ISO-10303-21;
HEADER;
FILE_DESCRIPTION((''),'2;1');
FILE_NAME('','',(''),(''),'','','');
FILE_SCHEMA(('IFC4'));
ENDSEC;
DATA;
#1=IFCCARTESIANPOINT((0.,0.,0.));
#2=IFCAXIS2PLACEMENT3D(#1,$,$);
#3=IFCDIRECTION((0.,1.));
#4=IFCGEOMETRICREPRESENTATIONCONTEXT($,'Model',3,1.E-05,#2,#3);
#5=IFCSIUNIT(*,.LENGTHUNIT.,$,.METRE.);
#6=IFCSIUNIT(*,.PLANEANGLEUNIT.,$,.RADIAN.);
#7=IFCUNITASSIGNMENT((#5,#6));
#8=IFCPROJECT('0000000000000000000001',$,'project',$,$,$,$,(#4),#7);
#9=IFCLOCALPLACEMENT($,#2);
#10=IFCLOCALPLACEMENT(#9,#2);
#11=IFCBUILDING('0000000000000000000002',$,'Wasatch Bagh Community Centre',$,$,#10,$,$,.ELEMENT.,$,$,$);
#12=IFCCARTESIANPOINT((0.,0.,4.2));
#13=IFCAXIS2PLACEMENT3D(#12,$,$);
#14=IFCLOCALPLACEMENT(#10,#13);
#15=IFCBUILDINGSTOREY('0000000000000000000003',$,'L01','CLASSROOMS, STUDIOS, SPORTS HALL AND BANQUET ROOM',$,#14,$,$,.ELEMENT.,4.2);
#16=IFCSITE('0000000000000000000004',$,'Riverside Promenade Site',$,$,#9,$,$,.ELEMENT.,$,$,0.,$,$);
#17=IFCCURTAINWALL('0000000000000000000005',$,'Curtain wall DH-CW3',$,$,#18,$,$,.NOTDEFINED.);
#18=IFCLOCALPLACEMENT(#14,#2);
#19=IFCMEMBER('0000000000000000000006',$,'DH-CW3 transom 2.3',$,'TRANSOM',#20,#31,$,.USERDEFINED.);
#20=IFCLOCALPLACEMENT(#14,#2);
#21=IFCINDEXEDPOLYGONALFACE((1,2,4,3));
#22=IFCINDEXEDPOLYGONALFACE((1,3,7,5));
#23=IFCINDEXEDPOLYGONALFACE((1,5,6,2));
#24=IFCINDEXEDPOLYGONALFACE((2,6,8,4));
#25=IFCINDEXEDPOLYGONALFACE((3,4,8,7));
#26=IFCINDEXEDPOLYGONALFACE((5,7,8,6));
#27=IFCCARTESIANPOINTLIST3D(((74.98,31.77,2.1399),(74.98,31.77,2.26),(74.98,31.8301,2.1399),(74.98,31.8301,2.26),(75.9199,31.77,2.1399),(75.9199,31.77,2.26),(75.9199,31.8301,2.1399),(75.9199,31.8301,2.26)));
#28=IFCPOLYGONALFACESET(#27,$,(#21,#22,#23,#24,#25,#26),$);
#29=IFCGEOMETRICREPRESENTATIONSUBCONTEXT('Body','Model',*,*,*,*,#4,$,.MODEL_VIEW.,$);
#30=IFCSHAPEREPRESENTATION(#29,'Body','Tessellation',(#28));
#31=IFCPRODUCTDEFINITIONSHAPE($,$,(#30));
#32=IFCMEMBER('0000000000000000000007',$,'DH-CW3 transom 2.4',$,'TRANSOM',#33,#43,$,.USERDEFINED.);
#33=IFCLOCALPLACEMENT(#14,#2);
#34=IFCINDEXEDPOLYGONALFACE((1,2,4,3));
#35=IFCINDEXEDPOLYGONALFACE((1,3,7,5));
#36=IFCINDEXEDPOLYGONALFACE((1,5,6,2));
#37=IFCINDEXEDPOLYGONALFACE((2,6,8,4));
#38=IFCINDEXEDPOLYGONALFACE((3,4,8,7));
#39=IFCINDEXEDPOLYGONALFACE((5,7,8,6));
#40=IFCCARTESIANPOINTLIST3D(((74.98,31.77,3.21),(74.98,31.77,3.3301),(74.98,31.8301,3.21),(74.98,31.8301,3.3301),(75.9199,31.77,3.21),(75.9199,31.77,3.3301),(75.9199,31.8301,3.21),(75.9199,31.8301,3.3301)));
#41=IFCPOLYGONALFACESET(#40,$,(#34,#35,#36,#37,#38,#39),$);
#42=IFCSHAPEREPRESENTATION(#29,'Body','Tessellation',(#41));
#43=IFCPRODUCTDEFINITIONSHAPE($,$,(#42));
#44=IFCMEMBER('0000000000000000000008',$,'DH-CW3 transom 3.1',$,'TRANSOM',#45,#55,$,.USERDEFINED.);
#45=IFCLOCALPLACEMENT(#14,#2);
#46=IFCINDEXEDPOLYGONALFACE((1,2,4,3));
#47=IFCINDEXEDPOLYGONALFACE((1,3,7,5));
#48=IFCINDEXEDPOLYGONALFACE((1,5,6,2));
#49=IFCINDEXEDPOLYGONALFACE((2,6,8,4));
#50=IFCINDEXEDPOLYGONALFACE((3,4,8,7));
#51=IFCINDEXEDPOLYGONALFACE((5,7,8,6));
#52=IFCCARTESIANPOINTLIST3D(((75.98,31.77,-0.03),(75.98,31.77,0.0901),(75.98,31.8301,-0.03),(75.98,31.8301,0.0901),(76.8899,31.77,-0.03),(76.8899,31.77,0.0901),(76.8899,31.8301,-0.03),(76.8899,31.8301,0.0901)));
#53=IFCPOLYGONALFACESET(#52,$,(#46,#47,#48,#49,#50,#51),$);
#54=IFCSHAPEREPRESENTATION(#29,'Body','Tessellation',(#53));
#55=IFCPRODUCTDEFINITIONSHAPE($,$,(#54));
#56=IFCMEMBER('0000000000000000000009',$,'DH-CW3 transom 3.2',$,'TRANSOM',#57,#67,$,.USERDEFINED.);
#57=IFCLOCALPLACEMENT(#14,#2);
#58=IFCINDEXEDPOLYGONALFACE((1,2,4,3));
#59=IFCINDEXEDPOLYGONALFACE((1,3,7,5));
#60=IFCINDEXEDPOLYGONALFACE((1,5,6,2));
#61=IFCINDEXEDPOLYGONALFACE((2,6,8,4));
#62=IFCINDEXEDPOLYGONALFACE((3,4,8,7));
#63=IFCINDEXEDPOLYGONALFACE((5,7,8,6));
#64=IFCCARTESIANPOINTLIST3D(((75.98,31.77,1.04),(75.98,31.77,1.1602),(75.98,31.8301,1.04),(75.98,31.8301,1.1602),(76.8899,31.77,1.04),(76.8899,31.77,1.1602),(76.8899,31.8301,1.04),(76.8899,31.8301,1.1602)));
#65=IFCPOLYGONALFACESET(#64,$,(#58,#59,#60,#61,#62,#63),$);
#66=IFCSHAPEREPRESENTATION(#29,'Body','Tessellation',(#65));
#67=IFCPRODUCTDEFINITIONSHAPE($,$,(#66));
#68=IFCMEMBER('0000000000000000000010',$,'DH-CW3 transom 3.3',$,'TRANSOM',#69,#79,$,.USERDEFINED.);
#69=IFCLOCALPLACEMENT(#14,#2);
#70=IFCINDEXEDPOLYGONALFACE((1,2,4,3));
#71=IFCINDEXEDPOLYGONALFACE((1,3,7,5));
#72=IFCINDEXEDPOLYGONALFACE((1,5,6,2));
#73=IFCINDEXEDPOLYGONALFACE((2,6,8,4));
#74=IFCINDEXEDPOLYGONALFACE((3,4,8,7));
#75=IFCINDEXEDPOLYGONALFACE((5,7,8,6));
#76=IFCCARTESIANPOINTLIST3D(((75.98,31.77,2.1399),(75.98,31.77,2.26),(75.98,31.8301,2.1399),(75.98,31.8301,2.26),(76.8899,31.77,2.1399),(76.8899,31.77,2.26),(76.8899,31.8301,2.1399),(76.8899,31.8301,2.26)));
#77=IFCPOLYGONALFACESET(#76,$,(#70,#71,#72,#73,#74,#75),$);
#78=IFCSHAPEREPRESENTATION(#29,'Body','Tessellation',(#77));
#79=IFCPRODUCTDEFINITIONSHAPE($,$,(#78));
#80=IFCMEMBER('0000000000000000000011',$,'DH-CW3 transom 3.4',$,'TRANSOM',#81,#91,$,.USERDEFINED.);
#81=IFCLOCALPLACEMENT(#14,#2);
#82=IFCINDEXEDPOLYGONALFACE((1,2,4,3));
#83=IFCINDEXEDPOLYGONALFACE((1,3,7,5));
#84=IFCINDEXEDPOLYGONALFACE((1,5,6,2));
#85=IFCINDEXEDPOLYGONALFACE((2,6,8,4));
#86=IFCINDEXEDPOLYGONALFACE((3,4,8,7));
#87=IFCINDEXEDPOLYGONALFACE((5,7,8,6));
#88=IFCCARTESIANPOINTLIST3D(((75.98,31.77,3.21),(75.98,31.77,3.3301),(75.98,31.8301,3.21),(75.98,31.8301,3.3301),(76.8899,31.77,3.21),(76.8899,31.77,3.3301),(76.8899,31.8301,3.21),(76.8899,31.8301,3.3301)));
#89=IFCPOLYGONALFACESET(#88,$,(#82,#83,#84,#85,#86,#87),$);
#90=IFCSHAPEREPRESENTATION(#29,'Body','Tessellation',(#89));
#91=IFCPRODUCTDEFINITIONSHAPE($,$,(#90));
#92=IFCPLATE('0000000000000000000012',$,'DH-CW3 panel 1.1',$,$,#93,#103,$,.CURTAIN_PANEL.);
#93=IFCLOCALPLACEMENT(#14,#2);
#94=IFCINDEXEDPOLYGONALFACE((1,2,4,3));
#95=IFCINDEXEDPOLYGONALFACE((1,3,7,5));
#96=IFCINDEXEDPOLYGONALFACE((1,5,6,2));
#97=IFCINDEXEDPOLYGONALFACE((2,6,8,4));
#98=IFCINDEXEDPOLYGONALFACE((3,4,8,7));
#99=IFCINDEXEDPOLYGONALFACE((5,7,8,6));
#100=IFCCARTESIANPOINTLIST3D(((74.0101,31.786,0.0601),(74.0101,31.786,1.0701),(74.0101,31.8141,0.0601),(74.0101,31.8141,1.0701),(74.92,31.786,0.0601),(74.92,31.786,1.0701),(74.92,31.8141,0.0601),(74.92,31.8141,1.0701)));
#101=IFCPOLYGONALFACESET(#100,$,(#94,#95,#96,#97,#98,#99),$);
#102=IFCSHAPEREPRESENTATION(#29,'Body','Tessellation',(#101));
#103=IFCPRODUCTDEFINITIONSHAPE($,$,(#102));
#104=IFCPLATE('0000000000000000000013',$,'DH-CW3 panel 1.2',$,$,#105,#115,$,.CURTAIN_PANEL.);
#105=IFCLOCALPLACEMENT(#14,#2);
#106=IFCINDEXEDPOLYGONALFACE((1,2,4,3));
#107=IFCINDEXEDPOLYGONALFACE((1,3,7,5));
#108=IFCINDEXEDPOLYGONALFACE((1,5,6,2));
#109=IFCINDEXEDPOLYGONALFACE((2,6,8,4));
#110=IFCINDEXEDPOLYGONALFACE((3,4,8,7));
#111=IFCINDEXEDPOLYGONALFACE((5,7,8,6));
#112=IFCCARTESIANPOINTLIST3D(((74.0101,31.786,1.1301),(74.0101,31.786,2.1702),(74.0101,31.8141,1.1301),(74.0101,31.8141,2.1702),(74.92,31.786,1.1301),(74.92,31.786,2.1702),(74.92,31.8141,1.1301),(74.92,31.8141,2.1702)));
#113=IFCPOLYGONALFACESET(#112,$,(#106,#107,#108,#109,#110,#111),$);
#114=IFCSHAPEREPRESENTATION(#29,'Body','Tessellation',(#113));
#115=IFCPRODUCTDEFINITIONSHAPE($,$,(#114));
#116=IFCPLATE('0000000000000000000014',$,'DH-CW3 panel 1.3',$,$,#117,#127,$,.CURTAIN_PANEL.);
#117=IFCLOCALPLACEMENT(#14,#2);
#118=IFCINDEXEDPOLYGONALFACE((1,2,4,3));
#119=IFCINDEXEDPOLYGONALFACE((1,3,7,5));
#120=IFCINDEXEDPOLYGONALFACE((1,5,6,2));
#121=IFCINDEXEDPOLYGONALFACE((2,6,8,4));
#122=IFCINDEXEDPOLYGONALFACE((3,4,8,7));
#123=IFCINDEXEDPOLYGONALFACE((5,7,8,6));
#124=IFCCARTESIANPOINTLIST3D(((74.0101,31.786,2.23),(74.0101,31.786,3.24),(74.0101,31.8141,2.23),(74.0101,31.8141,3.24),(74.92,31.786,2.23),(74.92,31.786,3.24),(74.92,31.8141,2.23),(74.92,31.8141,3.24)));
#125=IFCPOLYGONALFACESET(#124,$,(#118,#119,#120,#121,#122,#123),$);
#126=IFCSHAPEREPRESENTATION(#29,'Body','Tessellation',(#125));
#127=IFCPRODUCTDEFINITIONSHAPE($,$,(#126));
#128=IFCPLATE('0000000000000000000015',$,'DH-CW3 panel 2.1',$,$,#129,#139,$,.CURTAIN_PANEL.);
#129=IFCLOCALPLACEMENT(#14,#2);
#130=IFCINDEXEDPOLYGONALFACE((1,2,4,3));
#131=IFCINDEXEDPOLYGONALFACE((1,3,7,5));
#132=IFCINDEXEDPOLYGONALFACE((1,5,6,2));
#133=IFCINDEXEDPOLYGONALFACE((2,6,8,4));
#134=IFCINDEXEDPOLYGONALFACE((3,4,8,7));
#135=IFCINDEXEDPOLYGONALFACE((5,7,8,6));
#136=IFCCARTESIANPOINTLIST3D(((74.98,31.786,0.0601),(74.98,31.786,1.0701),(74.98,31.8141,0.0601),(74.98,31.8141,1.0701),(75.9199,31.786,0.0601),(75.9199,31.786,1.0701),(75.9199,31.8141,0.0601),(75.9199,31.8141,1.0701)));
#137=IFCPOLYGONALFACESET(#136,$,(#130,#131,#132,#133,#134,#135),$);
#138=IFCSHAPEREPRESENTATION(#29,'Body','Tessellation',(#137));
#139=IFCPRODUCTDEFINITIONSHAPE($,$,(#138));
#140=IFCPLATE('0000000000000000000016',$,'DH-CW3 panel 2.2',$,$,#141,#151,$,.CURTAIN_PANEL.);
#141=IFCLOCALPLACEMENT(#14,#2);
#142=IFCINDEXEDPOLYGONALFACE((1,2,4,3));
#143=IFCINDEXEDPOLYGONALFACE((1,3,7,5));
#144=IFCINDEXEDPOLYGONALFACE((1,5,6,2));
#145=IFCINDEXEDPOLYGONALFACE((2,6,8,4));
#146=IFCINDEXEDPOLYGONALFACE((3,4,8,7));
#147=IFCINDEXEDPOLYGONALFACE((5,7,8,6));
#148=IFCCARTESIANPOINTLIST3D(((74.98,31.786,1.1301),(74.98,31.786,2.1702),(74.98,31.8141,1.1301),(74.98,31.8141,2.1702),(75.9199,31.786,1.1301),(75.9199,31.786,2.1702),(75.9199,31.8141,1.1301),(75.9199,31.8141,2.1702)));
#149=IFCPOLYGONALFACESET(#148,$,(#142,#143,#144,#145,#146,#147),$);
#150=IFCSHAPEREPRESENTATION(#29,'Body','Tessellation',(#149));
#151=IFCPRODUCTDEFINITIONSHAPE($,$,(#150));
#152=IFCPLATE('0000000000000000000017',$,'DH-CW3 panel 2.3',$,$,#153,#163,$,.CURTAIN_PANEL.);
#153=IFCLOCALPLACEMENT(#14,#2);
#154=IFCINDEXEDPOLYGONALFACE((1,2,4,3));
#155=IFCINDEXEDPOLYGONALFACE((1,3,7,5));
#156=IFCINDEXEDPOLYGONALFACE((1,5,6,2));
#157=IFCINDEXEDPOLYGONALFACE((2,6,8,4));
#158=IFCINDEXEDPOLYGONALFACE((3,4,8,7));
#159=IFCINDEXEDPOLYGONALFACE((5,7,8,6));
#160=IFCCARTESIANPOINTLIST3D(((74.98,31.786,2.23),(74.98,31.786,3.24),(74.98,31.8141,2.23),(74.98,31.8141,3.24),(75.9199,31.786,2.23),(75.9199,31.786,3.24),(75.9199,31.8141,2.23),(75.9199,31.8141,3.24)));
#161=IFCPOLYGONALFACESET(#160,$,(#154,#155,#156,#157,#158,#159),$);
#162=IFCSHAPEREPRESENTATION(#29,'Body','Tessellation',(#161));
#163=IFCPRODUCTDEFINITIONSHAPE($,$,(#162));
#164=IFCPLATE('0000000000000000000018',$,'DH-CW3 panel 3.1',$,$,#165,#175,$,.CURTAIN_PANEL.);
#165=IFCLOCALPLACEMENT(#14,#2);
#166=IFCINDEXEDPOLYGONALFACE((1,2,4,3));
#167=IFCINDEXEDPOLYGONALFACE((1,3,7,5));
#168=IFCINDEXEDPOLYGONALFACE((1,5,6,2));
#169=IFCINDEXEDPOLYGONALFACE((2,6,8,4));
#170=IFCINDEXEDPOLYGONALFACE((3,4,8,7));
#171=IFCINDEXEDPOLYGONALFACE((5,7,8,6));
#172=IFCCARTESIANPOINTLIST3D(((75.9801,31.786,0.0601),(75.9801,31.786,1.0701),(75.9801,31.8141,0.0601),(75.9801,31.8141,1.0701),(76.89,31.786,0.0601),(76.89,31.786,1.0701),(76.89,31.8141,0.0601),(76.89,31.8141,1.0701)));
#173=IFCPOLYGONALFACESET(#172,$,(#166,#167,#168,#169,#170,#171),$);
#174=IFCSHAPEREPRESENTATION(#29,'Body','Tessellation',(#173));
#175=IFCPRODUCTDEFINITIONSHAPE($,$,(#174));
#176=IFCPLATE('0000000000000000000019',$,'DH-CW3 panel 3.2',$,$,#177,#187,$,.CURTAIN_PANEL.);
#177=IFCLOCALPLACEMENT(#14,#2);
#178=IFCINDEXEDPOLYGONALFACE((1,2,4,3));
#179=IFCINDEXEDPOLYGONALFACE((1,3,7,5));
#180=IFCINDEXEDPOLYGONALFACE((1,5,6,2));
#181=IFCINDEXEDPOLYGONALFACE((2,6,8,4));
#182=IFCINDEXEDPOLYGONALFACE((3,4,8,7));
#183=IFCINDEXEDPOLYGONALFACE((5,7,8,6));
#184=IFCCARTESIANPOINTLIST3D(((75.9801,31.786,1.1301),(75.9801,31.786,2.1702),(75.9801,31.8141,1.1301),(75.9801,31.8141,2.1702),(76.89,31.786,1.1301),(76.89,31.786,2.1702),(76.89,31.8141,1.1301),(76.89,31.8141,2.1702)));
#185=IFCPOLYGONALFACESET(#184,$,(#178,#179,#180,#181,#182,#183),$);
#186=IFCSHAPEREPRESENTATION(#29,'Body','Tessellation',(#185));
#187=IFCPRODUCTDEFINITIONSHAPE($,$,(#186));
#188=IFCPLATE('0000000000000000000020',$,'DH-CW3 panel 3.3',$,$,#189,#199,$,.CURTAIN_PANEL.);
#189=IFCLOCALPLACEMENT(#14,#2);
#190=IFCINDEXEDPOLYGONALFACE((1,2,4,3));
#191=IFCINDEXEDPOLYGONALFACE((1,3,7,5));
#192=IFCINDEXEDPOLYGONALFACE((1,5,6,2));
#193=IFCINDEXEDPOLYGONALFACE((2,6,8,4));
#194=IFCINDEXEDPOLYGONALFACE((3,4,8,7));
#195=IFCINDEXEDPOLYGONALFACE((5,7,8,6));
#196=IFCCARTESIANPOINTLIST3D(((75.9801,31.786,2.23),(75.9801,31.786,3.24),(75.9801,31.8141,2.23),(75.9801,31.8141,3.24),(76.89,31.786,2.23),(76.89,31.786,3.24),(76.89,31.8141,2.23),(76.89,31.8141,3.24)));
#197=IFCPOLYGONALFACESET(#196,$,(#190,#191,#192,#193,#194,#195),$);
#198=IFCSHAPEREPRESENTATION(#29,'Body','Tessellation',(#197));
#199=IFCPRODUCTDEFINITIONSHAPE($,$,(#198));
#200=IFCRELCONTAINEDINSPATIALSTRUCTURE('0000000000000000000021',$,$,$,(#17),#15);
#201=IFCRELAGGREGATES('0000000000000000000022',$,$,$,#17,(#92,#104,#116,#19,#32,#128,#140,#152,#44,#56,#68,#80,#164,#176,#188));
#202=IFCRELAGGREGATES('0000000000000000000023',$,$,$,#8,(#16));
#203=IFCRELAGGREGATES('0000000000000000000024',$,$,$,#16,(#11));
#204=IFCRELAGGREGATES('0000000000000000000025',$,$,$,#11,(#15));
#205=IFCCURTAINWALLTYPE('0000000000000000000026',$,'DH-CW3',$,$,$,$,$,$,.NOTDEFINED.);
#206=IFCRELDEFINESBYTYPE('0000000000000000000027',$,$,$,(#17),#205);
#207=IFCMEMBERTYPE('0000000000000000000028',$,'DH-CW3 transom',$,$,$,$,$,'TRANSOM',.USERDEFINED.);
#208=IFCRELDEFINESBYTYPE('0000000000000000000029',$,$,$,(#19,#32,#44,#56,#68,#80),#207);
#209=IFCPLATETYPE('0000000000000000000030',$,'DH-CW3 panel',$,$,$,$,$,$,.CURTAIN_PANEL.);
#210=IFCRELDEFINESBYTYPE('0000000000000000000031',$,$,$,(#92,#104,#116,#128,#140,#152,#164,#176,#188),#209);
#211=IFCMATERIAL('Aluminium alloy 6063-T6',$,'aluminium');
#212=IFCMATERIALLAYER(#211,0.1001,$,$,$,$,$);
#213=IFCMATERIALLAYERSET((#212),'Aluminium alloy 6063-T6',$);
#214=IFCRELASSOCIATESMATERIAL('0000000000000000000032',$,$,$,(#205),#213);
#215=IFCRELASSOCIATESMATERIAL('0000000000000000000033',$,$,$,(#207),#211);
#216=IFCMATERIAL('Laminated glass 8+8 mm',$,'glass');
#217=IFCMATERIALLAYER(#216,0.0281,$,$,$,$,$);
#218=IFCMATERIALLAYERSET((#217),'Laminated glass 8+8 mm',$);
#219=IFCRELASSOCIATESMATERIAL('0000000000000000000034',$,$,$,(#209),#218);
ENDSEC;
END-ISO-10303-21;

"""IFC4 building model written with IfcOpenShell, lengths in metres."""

from ifc_helpers import new_model, si_unit, direction, frame, origin, origin_2d, place, context, subcontext, project, spatial, rectangle, extrude, material, layer, layer_set, material_profile, profile_set, type_object, element, aggregate, save


model = new_model("IFC4")

# Units and contexts
model_context = context("Model", 3, precision=1e-05, world=origin(), true_north=direction((0.0, 1.0)))
body_context = subcontext(model_context, "Body", "Model", "MODEL_VIEW")
ifc_project = project(units=[si_unit("LENGTHUNIT", "METRE"), si_unit("PLANEANGLEUNIT", "RADIAN")], contexts=[model_context])

# Site, building, storey
site_placement = place(None, origin())
site = spatial("IfcSite", under=ifc_project, at=site_placement, Name="Riverside Promenade Site", CompositionType="ELEMENT", RefElevation=0.0)
building_placement = place(site_placement, origin())
building = spatial("IfcBuilding", under=site, at=building_placement, Name="Wasatch Bagh Community Centre", CompositionType="ELEMENT")
storey_placement = place(building_placement, frame((0.0, 0.0, 4.2)))
storey = spatial("IfcBuildingStorey", under=building, at=storey_placement, Name="L01", Description="CLASSROOMS, STUDIOS, SPORTS HALL AND BANQUET ROOM", CompositionType="ELEMENT", Elevation=4.2)

# Shared definitions
ifc_material_1 = material(Name="Aluminium alloy 6063-T6", Category="aluminium")

# Curtain wall, members, plates
ifc_layer_1 = layer(ifc_material_1, 0.1001)
ifc_layer_set_1 = layer_set([ifc_layer_1], Name="Aluminium alloy 6063-T6")
curtain_wall_type_1 = type_object("IfcCurtainWallType", Name="DH-CW3", PredefinedType="NOTDEFINED", material=ifc_layer_set_1)
curtain_wall_1_placement = place(storey_placement, origin())
curtain_wall_1 = element("IfcCurtainWall", 1, at=curtain_wall_1_placement, inside=storey, type_object=curtain_wall_type_1, Name="Curtain wall DH-CW3", PredefinedType="NOTDEFINED")
ifc_material_profile_1 = material_profile(ifc_material_1, rectangle(XDim=0.0601, YDim=0.1201, at=origin_2d()), Name="AL 60x120")
ifc_profile_set_1 = profile_set([ifc_material_profile_1], Name="Aluminium alloy 6063-T6")
member_type_1 = type_object("IfcMemberType", Name="DH-CW3 transom", ElementType="TRANSOM", PredefinedType="USERDEFINED", material=ifc_profile_set_1)
member_1_placement = place(storey_placement, frame((74.98, 31.8, 2.2), z_axis=(1.0, 0.0, 0.0), x_axis=(0.0, 1.0, 0.0)))
member_1 = element("IfcMember", 2, at=member_1_placement, type_object=member_type_1, Name="DH-CW3 transom 2.3", ObjectType="TRANSOM", PredefinedType="USERDEFINED", context=body_context, shape_type="SweptSolid", body=[
    extrude(rectangle(XDim=0.0601, YDim=0.1201, at=origin_2d()), origin(), (0.0, 0.0, 1.0), 0.9399),
])
member_2_placement = place(storey_placement, frame((74.98, 31.8, 3.27), z_axis=(1.0, 0.0, 0.0), x_axis=(0.0, 1.0, 0.0)))
member_2 = element("IfcMember", 3, at=member_2_placement, type_object=member_type_1, Name="DH-CW3 transom 2.4", ObjectType="TRANSOM", PredefinedType="USERDEFINED", context=body_context, shape_type="SweptSolid", body=[
    extrude(rectangle(XDim=0.0601, YDim=0.1201, at=origin_2d()), origin(), (0.0, 0.0, 1.0), 0.9399),
])
member_3_placement = place(storey_placement, frame((75.98, 31.8, 0.03), z_axis=(1.0, 0.0, 0.0), x_axis=(0.0, 1.0, 0.0)))
member_3 = element("IfcMember", 4, at=member_3_placement, type_object=member_type_1, Name="DH-CW3 transom 3.1", ObjectType="TRANSOM", PredefinedType="USERDEFINED", context=body_context, shape_type="SweptSolid", body=[
    extrude(rectangle(XDim=0.0601, YDim=0.1201, at=origin_2d()), origin(), (0.0, 0.0, 1.0), 0.9099),
])
member_4_placement = place(storey_placement, frame((75.98, 31.8, 1.1001), z_axis=(1.0, 0.0, 0.0), x_axis=(0.0, 1.0, 0.0)))
member_4 = element("IfcMember", 5, at=member_4_placement, type_object=member_type_1, Name="DH-CW3 transom 3.2", ObjectType="TRANSOM", PredefinedType="USERDEFINED", context=body_context, shape_type="SweptSolid", body=[
    extrude(rectangle(XDim=0.0601, YDim=0.1201, at=origin_2d()), origin(), (0.0, 0.0, 1.0), 0.9099),
])
member_5_placement = place(storey_placement, frame((75.98, 31.8, 2.2), z_axis=(1.0, 0.0, 0.0), x_axis=(0.0, 1.0, 0.0)))
member_5 = element("IfcMember", 6, at=member_5_placement, type_object=member_type_1, Name="DH-CW3 transom 3.3", ObjectType="TRANSOM", PredefinedType="USERDEFINED", context=body_context, shape_type="SweptSolid", body=[
    extrude(rectangle(XDim=0.0601, YDim=0.1201, at=origin_2d()), origin(), (0.0, 0.0, 1.0), 0.9099),
])
member_6_placement = place(storey_placement, frame((75.98, 31.8, 3.27), z_axis=(1.0, 0.0, 0.0), x_axis=(0.0, 1.0, 0.0)))
member_6 = element("IfcMember", 7, at=member_6_placement, type_object=member_type_1, Name="DH-CW3 transom 3.4", ObjectType="TRANSOM", PredefinedType="USERDEFINED", context=body_context, shape_type="SweptSolid", body=[
    extrude(rectangle(XDim=0.0601, YDim=0.1201, at=origin_2d()), origin(), (0.0, 0.0, 1.0), 0.9099),
])
ifc_material_2 = material(Name="Laminated glass 8+8 mm", Category="glass")
ifc_layer_2 = layer(ifc_material_2, 0.0281)
ifc_layer_set_2 = layer_set([ifc_layer_2], Name="Laminated glass 8+8 mm")
plate_type = type_object("IfcPlateType", Name="DH-CW3 panel", PredefinedType="CURTAIN_PANEL", material=ifc_layer_set_2)
plate_1_placement = place(storey_placement, frame((74.4651, 31.8, 0.0601), z_axis=(0.0, 0.0, 1.0), x_axis=(1.0, 0.0, 0.0)))
plate_1 = element("IfcPlate", 8, at=plate_1_placement, type_object=plate_type, Name="DH-CW3 panel 1.1", PredefinedType="CURTAIN_PANEL", context=body_context, shape_type="SweptSolid", body=[
    extrude(rectangle(XDim=0.9099, YDim=0.0281, at=origin_2d()), origin(), (0.0, 0.0, 1.0), 1.01),
])
plate_2_placement = place(storey_placement, frame((74.4651, 31.8, 1.1301), z_axis=(0.0, 0.0, 1.0), x_axis=(1.0, 0.0, 0.0)))
plate_2 = element("IfcPlate", 9, at=plate_2_placement, type_object=plate_type, Name="DH-CW3 panel 1.2", PredefinedType="CURTAIN_PANEL", context=body_context, shape_type="SweptSolid", body=[
    extrude(rectangle(XDim=0.9099, YDim=0.0281, at=origin_2d()), origin(), (0.0, 0.0, 1.0), 1.04),
])
plate_3_placement = place(storey_placement, frame((74.4651, 31.8, 2.23), z_axis=(0.0, 0.0, 1.0), x_axis=(1.0, 0.0, 0.0)))
plate_3 = element("IfcPlate", 10, at=plate_3_placement, type_object=plate_type, Name="DH-CW3 panel 1.3", PredefinedType="CURTAIN_PANEL", context=body_context, shape_type="SweptSolid", body=[
    extrude(rectangle(XDim=0.9099, YDim=0.0281, at=origin_2d()), origin(), (0.0, 0.0, 1.0), 1.01),
])
plate_4_placement = place(storey_placement, frame((75.45, 31.8, 0.0601), z_axis=(0.0, 0.0, 1.0), x_axis=(1.0, 0.0, 0.0)))
plate_4 = element("IfcPlate", 11, at=plate_4_placement, type_object=plate_type, Name="DH-CW3 panel 2.1", PredefinedType="CURTAIN_PANEL", context=body_context, shape_type="SweptSolid", body=[
    extrude(rectangle(XDim=0.9399, YDim=0.0281, at=origin_2d()), origin(), (0.0, 0.0, 1.0), 1.01),
])
plate_5_placement = place(storey_placement, frame((75.45, 31.8, 1.1301), z_axis=(0.0, 0.0, 1.0), x_axis=(1.0, 0.0, 0.0)))
plate_5 = element("IfcPlate", 12, at=plate_5_placement, type_object=plate_type, Name="DH-CW3 panel 2.2", PredefinedType="CURTAIN_PANEL", context=body_context, shape_type="SweptSolid", body=[
    extrude(rectangle(XDim=0.9399, YDim=0.0281, at=origin_2d()), origin(), (0.0, 0.0, 1.0), 1.04),
])
plate_6_placement = place(storey_placement, frame((75.45, 31.8, 2.23), z_axis=(0.0, 0.0, 1.0), x_axis=(1.0, 0.0, 0.0)))
plate_6 = element("IfcPlate", 13, at=plate_6_placement, type_object=plate_type, Name="DH-CW3 panel 2.3", PredefinedType="CURTAIN_PANEL", context=body_context, shape_type="SweptSolid", body=[
    extrude(rectangle(XDim=0.9399, YDim=0.0281, at=origin_2d()), origin(), (0.0, 0.0, 1.0), 1.01),
])
plate_7_placement = place(storey_placement, frame((76.4351, 31.8, 0.0601), z_axis=(0.0, 0.0, 1.0), x_axis=(1.0, 0.0, 0.0)))
plate_7 = element("IfcPlate", 14, at=plate_7_placement, type_object=plate_type, Name="DH-CW3 panel 3.1", PredefinedType="CURTAIN_PANEL", context=body_context, shape_type="SweptSolid", body=[
    extrude(rectangle(XDim=0.9099, YDim=0.0281, at=origin_2d()), origin(), (0.0, 0.0, 1.0), 1.01),
])
plate_8_placement = place(storey_placement, frame((76.4351, 31.8, 1.1301), z_axis=(0.0, 0.0, 1.0), x_axis=(1.0, 0.0, 0.0)))
plate_8 = element("IfcPlate", 15, at=plate_8_placement, type_object=plate_type, Name="DH-CW3 panel 3.2", PredefinedType="CURTAIN_PANEL", context=body_context, shape_type="SweptSolid", body=[
    extrude(rectangle(XDim=0.9099, YDim=0.0281, at=origin_2d()), origin(), (0.0, 0.0, 1.0), 1.04),
])
plate_9_placement = place(storey_placement, frame((76.4351, 31.8, 2.23), z_axis=(0.0, 0.0, 1.0), x_axis=(1.0, 0.0, 0.0)))
plate_9 = element("IfcPlate", 16, at=plate_9_placement, type_object=plate_type, Name="DH-CW3 panel 3.3", PredefinedType="CURTAIN_PANEL", context=body_context, shape_type="SweptSolid", body=[
    extrude(rectangle(XDim=0.9099, YDim=0.0281, at=origin_2d()), origin(), (0.0, 0.0, 1.0), 1.01),
])
aggregate(curtain_wall_1, [plate_1, plate_2, plate_3, member_1, member_2, plate_4, plate_5, plate_6, member_3, member_4, member_5, member_6, plate_7, plate_8, plate_9])

save(model, "model.ifc")
